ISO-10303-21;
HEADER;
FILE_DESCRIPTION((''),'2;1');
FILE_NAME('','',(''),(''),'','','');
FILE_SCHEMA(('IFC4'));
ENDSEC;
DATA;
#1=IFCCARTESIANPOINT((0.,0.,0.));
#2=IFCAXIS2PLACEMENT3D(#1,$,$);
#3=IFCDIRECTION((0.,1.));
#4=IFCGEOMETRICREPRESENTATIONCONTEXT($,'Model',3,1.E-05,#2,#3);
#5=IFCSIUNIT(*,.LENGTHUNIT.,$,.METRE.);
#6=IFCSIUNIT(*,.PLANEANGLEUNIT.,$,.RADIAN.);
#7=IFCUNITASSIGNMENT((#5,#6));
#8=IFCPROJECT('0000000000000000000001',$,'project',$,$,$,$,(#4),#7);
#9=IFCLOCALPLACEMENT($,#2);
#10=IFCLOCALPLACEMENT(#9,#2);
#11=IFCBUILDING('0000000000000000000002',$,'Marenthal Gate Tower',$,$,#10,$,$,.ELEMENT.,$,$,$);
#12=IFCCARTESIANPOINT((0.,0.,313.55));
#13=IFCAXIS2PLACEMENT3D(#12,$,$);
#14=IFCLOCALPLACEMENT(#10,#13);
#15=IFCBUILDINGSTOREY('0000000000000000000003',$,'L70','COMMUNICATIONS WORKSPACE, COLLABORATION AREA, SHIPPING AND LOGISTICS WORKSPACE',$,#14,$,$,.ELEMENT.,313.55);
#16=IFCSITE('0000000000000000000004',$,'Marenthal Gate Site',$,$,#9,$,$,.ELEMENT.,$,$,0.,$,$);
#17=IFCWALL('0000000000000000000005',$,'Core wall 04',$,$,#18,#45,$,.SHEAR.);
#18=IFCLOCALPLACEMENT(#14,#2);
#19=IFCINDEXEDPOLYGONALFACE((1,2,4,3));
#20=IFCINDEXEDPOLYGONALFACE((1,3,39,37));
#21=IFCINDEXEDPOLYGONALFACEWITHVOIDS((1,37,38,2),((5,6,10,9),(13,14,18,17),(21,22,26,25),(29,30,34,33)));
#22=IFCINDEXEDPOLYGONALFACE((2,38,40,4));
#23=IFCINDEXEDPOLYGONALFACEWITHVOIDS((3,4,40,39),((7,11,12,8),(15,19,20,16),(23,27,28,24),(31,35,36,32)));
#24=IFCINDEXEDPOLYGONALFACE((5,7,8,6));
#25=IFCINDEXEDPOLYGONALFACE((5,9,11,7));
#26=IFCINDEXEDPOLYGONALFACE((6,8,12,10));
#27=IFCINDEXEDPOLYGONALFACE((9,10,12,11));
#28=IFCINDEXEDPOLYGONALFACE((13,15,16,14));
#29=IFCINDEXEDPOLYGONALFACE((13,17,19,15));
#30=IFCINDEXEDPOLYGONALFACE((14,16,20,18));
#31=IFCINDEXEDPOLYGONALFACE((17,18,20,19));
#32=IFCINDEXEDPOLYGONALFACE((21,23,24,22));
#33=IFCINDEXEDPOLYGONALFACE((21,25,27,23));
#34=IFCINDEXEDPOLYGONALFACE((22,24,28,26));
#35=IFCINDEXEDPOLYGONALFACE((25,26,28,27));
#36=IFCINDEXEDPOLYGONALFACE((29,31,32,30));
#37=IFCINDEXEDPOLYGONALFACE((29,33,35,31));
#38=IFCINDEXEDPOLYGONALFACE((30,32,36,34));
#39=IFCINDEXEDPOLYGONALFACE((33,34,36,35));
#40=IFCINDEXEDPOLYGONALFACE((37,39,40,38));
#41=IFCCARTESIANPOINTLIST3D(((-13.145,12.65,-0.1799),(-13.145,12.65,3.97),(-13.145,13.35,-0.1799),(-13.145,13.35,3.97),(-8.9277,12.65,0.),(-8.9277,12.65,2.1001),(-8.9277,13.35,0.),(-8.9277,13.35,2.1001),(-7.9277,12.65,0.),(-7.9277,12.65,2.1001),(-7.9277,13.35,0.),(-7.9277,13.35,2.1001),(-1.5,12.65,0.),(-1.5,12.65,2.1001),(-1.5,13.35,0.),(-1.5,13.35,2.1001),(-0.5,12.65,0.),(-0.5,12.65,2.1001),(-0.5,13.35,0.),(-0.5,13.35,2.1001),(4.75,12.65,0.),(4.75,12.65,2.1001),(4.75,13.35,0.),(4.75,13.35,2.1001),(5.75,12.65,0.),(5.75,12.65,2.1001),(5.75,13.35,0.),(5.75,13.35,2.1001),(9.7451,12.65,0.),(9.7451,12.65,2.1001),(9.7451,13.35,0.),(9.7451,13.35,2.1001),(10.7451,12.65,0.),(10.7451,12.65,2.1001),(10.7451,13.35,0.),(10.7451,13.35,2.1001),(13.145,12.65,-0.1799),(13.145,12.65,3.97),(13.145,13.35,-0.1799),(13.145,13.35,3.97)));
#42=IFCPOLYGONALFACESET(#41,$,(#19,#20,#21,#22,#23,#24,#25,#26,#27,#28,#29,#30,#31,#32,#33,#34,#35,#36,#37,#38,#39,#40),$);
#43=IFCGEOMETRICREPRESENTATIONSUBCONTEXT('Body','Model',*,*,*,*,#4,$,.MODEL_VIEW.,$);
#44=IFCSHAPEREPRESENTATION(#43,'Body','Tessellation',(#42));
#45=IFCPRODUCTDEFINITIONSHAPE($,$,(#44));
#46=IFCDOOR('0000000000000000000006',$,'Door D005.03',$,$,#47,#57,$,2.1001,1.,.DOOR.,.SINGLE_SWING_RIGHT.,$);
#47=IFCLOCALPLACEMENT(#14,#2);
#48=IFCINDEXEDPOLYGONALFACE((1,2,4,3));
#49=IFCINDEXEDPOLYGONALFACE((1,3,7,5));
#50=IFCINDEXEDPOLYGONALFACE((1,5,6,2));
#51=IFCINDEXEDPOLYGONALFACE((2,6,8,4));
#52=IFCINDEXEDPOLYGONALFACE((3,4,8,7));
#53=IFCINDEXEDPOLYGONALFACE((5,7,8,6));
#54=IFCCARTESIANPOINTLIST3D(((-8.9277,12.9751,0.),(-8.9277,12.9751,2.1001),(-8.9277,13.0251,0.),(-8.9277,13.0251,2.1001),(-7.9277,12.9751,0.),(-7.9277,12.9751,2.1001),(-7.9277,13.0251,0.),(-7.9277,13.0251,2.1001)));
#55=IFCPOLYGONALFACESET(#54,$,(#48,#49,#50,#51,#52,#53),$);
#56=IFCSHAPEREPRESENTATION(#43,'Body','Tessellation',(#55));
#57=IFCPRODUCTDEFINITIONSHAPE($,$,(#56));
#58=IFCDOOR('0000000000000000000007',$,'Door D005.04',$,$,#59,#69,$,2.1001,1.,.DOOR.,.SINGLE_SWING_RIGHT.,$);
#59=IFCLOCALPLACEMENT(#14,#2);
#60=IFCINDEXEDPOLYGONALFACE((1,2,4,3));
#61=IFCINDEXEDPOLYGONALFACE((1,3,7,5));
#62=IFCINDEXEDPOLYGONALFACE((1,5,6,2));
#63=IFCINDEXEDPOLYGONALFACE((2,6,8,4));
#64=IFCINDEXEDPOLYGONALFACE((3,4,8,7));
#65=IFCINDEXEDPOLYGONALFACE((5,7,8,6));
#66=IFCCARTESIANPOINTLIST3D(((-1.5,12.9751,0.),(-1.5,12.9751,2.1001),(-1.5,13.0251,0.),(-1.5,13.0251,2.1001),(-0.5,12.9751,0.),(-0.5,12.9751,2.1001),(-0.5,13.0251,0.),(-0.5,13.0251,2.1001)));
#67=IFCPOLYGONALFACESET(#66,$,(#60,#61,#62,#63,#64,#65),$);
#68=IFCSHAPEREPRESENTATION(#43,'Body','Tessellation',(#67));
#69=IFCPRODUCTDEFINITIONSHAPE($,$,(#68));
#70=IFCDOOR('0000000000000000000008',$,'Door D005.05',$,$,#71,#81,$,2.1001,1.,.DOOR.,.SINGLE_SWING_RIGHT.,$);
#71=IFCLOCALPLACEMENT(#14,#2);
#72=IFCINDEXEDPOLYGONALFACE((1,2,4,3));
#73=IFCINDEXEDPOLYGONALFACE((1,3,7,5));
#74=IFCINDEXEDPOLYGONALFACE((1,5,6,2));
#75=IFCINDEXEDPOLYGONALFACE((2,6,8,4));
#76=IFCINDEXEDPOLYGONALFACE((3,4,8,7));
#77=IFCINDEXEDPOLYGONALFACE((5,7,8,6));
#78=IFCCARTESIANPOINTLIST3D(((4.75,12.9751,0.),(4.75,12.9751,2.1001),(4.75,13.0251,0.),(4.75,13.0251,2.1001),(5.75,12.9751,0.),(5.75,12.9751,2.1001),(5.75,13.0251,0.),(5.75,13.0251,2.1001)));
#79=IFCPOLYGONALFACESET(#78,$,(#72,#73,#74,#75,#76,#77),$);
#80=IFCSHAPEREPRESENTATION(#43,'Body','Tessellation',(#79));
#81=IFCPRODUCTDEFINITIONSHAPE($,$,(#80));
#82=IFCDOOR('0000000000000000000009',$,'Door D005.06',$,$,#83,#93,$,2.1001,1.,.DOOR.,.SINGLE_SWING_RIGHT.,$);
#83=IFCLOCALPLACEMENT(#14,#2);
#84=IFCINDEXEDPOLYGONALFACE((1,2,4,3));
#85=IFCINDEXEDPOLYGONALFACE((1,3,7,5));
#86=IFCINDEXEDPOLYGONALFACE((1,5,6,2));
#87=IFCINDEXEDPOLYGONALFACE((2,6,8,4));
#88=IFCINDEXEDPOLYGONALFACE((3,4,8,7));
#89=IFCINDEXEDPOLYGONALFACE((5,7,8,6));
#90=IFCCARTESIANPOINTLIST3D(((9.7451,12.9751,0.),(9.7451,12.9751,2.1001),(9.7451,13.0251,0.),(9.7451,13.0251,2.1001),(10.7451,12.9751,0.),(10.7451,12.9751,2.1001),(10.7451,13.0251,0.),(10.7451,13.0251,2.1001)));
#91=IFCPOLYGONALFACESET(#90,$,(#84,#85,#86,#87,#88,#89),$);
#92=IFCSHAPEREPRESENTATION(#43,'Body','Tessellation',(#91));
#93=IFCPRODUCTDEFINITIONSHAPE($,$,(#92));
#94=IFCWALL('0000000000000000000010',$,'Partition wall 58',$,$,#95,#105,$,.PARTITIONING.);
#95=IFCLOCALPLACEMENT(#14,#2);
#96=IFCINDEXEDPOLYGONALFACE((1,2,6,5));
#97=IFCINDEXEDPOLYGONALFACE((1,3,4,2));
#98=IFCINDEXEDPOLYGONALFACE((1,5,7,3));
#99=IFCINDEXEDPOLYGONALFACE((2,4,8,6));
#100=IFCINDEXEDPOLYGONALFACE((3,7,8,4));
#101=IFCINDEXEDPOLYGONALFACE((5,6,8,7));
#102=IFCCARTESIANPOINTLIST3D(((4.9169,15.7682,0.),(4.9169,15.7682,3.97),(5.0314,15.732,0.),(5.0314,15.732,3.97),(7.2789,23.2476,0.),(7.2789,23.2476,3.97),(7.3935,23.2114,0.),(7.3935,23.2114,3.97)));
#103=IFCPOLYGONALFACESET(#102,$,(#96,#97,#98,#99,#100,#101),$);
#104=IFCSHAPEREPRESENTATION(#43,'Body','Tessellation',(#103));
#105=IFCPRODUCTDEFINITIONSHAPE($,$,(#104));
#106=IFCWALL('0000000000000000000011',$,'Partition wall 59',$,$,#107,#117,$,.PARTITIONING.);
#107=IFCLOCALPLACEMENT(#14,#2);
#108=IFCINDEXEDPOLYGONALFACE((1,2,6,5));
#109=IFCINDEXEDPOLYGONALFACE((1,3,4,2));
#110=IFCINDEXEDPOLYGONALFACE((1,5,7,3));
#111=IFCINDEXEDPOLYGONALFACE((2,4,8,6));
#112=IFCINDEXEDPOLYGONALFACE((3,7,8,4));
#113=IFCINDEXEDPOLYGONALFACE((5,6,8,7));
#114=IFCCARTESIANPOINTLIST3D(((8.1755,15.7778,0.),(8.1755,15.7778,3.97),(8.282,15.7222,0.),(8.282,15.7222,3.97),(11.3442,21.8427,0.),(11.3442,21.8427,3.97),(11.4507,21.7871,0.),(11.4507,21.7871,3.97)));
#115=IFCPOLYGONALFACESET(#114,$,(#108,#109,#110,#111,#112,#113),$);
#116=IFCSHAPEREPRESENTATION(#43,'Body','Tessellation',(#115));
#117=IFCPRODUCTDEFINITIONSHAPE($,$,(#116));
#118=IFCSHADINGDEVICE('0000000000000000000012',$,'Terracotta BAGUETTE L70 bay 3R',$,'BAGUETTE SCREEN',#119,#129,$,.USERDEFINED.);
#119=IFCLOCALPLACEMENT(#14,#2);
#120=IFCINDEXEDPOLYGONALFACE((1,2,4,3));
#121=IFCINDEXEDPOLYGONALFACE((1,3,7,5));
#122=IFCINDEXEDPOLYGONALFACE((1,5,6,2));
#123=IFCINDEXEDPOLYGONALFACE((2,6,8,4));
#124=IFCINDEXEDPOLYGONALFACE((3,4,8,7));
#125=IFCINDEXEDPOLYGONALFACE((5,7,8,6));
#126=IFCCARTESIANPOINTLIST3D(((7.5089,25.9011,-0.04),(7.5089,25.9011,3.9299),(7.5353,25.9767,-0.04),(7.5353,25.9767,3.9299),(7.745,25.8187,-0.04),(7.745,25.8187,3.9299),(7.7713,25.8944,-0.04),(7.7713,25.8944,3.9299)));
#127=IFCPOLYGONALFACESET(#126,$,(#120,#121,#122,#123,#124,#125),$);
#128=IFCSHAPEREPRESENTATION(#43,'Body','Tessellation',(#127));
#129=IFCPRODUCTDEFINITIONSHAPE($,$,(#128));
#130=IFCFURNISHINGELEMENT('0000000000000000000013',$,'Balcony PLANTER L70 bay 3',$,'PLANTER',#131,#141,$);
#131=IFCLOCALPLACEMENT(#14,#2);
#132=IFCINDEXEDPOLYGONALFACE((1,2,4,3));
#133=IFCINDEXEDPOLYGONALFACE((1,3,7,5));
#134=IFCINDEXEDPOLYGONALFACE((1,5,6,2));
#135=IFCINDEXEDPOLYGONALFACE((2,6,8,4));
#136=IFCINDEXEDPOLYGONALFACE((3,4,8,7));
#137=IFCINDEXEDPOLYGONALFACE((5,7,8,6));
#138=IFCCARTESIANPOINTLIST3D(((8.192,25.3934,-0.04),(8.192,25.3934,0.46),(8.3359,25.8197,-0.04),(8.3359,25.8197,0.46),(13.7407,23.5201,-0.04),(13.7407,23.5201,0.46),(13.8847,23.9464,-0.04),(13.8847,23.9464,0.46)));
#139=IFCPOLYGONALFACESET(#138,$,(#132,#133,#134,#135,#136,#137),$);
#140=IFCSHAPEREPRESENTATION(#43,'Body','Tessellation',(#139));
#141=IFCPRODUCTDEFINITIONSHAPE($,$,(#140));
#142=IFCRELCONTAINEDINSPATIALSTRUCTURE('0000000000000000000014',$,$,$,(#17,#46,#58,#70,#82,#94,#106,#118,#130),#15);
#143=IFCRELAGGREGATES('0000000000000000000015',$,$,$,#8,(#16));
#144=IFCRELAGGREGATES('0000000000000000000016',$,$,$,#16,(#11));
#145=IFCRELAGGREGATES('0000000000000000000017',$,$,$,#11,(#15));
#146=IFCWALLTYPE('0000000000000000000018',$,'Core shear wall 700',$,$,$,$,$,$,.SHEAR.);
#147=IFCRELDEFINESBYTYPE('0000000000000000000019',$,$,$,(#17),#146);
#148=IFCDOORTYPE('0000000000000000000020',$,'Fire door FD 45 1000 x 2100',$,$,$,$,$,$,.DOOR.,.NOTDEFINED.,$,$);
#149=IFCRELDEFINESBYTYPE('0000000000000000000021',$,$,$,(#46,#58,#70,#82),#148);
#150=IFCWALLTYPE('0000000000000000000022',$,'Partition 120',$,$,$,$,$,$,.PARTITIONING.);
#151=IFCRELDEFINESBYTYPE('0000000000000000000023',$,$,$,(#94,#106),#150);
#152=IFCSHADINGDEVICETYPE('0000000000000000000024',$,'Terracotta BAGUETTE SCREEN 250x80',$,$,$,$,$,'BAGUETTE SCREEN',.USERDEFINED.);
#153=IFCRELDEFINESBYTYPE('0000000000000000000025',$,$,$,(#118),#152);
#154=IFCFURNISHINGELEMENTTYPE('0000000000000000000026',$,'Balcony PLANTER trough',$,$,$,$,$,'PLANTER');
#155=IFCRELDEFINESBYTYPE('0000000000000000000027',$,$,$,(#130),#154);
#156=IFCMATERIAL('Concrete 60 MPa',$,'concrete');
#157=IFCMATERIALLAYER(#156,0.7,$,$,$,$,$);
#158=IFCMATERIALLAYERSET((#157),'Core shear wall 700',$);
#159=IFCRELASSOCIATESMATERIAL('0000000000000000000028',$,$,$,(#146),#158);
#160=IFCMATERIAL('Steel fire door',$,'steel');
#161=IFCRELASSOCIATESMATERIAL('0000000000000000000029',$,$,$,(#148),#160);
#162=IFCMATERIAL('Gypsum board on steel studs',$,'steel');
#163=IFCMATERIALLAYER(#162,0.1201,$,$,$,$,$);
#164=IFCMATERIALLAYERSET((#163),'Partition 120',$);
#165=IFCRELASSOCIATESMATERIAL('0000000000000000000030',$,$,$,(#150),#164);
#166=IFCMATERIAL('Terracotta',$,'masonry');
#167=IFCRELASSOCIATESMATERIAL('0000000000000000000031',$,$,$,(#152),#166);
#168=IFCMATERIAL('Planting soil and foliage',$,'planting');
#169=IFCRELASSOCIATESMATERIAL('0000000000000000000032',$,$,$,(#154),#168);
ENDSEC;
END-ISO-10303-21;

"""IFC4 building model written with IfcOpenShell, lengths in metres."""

from ifc_helpers import new_model, si_unit, direction, frame, frame_2d, origin, origin_2d, place, context, subcontext, project, spatial, rectangle, extrude, material, layer, layer_set, material_profile, profile_set, type_object, element, fill, save


model = new_model("IFC4")

# Units and contexts
model_context = context("Model", 3, precision=1e-05, world=origin(), true_north=direction((0.0, 1.0)))
body_context = subcontext(model_context, "Body", "Model", "MODEL_VIEW")
ifc_project = project(units=[si_unit("LENGTHUNIT", "METRE"), si_unit("PLANEANGLEUNIT", "RADIAN")], contexts=[model_context])

# Site, building, storey
site_placement = place(None, origin())
site = spatial("IfcSite", under=ifc_project, at=site_placement, Name="Marenthal Gate Site", CompositionType="ELEMENT", RefElevation=0.0)
building_placement = place(site_placement, origin())
building = spatial("IfcBuilding", under=site, at=building_placement, Name="Marenthal Gate Tower", CompositionType="ELEMENT")
storey_placement = place(building_placement, frame((0.0, 0.0, 313.55)))
storey = spatial("IfcBuildingStorey", under=building, at=storey_placement, Name="L70", Description="COMMUNICATIONS WORKSPACE, COLLABORATION AREA, SHIPPING AND LOGISTICS WORKSPACE", CompositionType="ELEMENT", Elevation=313.55)

# Wall, openings, doors
ifc_material_1 = material(Name="Concrete 60 MPa", Category="concrete")
ifc_layer_1 = layer(ifc_material_1, 0.7)
ifc_layer_set_1 = layer_set([ifc_layer_1], Name="Core shear wall 700")
wall_type_1 = type_object("IfcWallType", Name="Core shear wall 700", PredefinedType="SHEAR", material=ifc_layer_set_1)
wall_1_placement = place(storey_placement, frame((13.145, 13.0, -0.1799), z_axis=(0.0, 0.0, 1.0), x_axis=(-1.0, 0.0, 0.0)))
wall_1 = element("IfcWall", 1, at=wall_1_placement, inside=storey, type_object=wall_type_1, Name="Core wall 04", PredefinedType="SHEAR", context=body_context, shape_type="SweptSolid", body=[
    extrude(rectangle(XDim=26.29, YDim=0.7, at=frame_2d((13.145, 0.0))), origin(), (0.0, 0.0, 1.0), 4.1499),
])
opening_1_placement = place(wall_1_placement, frame((21.0728, 0.0, 0.1799)))
opening_1 = element("IfcOpeningElement", 2, at=opening_1_placement, cuts=wall_1, PredefinedType="OPENING", context=body_context, shape_type="SweptSolid", body=[
    extrude(rectangle(XDim=1.0, YDim=2.1001, at=frame_2d((0.5, 1.05))), frame((0.0, 0.3599, 0.0), z_axis=(0.0, -1.0, 0.0), x_axis=(1.0, 0.0, 0.0)), (0.0, 0.0, 1.0), 0.72),
])
opening_2_placement = place(wall_1_placement, frame((13.645, 0.0, 0.1799)))
opening_2 = element("IfcOpeningElement", 3, at=opening_2_placement, cuts=wall_1, PredefinedType="OPENING", context=body_context, shape_type="SweptSolid", body=[
    extrude(rectangle(XDim=1.0, YDim=2.1001, at=frame_2d((0.5, 1.05))), frame((0.0, 0.3599, 0.0), z_axis=(0.0, -1.0, 0.0), x_axis=(1.0, 0.0, 0.0)), (0.0, 0.0, 1.0), 0.72),
])
opening_3_placement = place(wall_1_placement, frame((7.395, 0.0, 0.1799)))
opening_3 = element("IfcOpeningElement", 4, at=opening_3_placement, cuts=wall_1, PredefinedType="OPENING", context=body_context, shape_type="SweptSolid", body=[
    extrude(rectangle(XDim=1.0, YDim=2.1001, at=frame_2d((0.5, 1.05))), frame((0.0, 0.3599, 0.0), z_axis=(0.0, -1.0, 0.0), x_axis=(1.0, 0.0, 0.0)), (0.0, 0.0, 1.0), 0.72),
])
opening_4_placement = place(wall_1_placement, frame((2.3999, 0.0, 0.1799)))
opening_4 = element("IfcOpeningElement", 5, at=opening_4_placement, cuts=wall_1, PredefinedType="OPENING", context=body_context, shape_type="SweptSolid", body=[
    extrude(rectangle(XDim=1.0, YDim=2.1001, at=frame_2d((0.5, 1.05))), frame((0.0, 0.3599, 0.0), z_axis=(0.0, -1.0, 0.0), x_axis=(1.0, 0.0, 0.0)), (0.0, 0.0, 1.0), 0.72),
])
ifc_material_2 = material(Name="Steel fire door", Category="steel")
door_type = type_object("IfcDoorType", Name="Fire door FD 45 1000 x 2100", OperationType="NOTDEFINED", PredefinedType="DOOR", material=ifc_material_2)
door_1_placement = place(opening_1_placement, origin())
door_1 = element("IfcDoor", 6, at=door_1_placement, inside=storey, type_object=door_type, Name="Door D005.03", OperationType="SINGLE_SWING_RIGHT", OverallHeight=2.1001, OverallWidth=1.0, PredefinedType="DOOR", context=body_context, shape_type="SweptSolid", body=[
    extrude(rectangle(XDim=1.0, YDim=2.1001, at=frame_2d((0.5, 1.05))), frame((0.0, 0.0249, 0.0), z_axis=(0.0, -1.0, 0.0), x_axis=(1.0, 0.0, 0.0)), (0.0, 0.0, 1.0), 0.05),
])
fill(opening_1, door_1)
door_2_placement = place(opening_2_placement, origin())
door_2 = element("IfcDoor", 7, at=door_2_placement, inside=storey, type_object=door_type, Name="Door D005.04", OperationType="SINGLE_SWING_RIGHT", OverallHeight=2.1001, OverallWidth=1.0, PredefinedType="DOOR", context=body_context, shape_type="SweptSolid", body=[
    extrude(rectangle(XDim=1.0, YDim=2.1001, at=frame_2d((0.5, 1.05))), frame((0.0, 0.0249, 0.0), z_axis=(0.0, -1.0, 0.0), x_axis=(1.0, 0.0, 0.0)), (0.0, 0.0, 1.0), 0.05),
])
fill(opening_2, door_2)
door_3_placement = place(opening_3_placement, origin())
door_3 = element("IfcDoor", 8, at=door_3_placement, inside=storey, type_object=door_type, Name="Door D005.05", OperationType="SINGLE_SWING_RIGHT", OverallHeight=2.1001, OverallWidth=1.0, PredefinedType="DOOR", context=body_context, shape_type="SweptSolid", body=[
    extrude(rectangle(XDim=1.0, YDim=2.1001, at=frame_2d((0.5, 1.05))), frame((0.0, 0.0249, 0.0), z_axis=(0.0, -1.0, 0.0), x_axis=(1.0, 0.0, 0.0)), (0.0, 0.0, 1.0), 0.05),
])
fill(opening_3, door_3)
door_4_placement = place(opening_4_placement, origin())
door_4 = element("IfcDoor", 9, at=door_4_placement, inside=storey, type_object=door_type, Name="Door D005.06", OperationType="SINGLE_SWING_RIGHT", OverallHeight=2.1001, OverallWidth=1.0, PredefinedType="DOOR", context=body_context, shape_type="SweptSolid", body=[
    extrude(rectangle(XDim=1.0, YDim=2.1001, at=frame_2d((0.5, 1.05))), frame((0.0, 0.0249, 0.0), z_axis=(0.0, -1.0, 0.0), x_axis=(1.0, 0.0, 0.0)), (0.0, 0.0, 1.0), 0.05),
])
fill(opening_4, door_4)

# Walls
ifc_material_3 = material(Name="Gypsum board on steel studs", Category="steel")
ifc_layer_2 = layer(ifc_material_3, 0.1201)
ifc_layer_set_2 = layer_set([ifc_layer_2], Name="Partition 120")
wall_type_2 = type_object("IfcWallType", Name="Partition 120", PredefinedType="PARTITIONING", material=ifc_layer_set_2)
wall_2_placement = place(storey_placement, frame((4.9741, 15.75, 0.0), z_axis=(0.0, 0.0, 1.0), x_axis=(0.301145, 0.953578, 0.0)))
element("IfcWall", 10, at=wall_2_placement, inside=storey, type_object=wall_type_2, Name="Partition wall 58", PredefinedType="PARTITIONING", context=body_context, shape_type="SweptSolid", body=[
    extrude(rectangle(XDim=7.8435, YDim=0.1201, at=frame_2d((3.9219, 0.0))), origin(), (0.0, 0.0, 1.0), 3.97),
])
wall_3_placement = place(storey_placement, frame((8.2288, 15.75, 0.0), z_axis=(0.0, 0.0, 1.0), x_axis=(0.46307, 0.886322, 0.0)))
element("IfcWall", 11, at=wall_3_placement, inside=storey, type_object=wall_type_2, Name="Partition wall 59", PredefinedType="PARTITIONING", context=body_context, shape_type="SweptSolid", body=[
    extrude(rectangle(XDim=6.8428, YDim=0.1201, at=frame_2d((3.4214, 0.0))), origin(), (0.0, 0.0, 1.0), 3.97),
])

# Shading device
ifc_material_4 = material(Name="Terracotta", Category="masonry")
ifc_material_profile_1 = material_profile(ifc_material_4, rectangle(XDim=0.25, YDim=0.0801, at=origin_2d()), Name="Terracotta baguette 250x80")
ifc_profile_set_1 = profile_set([ifc_material_profile_1], Name="Terracotta")
shading_device_type = type_object("IfcShadingDeviceType", Name="Terracotta BAGUETTE SCREEN 250x80", ElementType="BAGUETTE SCREEN", PredefinedType="USERDEFINED", material=ifc_profile_set_1)
shading_device_placement = place(storey_placement, frame((7.6401, 25.8977, -0.04), z_axis=(0.0, 0.0, 1.0), x_axis=(-0.944249, 0.329232, 0.0)))
element("IfcShadingDevice", 12, at=shading_device_placement, inside=storey, type_object=shading_device_type, Name="Terracotta BAGUETTE L70 bay 3R", ObjectType="BAGUETTE SCREEN", PredefinedType="USERDEFINED", context=body_context, shape_type="SweptSolid", body=[
    extrude(rectangle(XDim=0.25, YDim=0.0801, at=origin_2d()), origin(), (0.0, 0.0, 1.0), 3.97),
])

# Furnishing element
ifc_material_5 = material(Name="Planting soil and foliage", Category="planting")
furnishing_element_type = type_object("IfcFurnishingElementType", Name="Balcony PLANTER trough", ElementType="PLANTER", material=ifc_material_5)
furnishing_placement = place(storey_placement, frame((11.0383, 24.6699, -0.04), z_axis=(0.0, 0.0, 1.0), x_axis=(-0.947463, 0.319866, 0.0)))
element("IfcFurnishingElement", 13, at=furnishing_placement, inside=storey, type_object=furnishing_element_type, Name="Balcony PLANTER L70 bay 3", ObjectType="PLANTER", context=body_context, shape_type="SweptSolid", body=[
    extrude(rectangle(XDim=5.8564, YDim=0.45, at=origin_2d()), origin(), (0.0, 0.0, 1.0), 0.5),
])

save(model, "model.ifc")
